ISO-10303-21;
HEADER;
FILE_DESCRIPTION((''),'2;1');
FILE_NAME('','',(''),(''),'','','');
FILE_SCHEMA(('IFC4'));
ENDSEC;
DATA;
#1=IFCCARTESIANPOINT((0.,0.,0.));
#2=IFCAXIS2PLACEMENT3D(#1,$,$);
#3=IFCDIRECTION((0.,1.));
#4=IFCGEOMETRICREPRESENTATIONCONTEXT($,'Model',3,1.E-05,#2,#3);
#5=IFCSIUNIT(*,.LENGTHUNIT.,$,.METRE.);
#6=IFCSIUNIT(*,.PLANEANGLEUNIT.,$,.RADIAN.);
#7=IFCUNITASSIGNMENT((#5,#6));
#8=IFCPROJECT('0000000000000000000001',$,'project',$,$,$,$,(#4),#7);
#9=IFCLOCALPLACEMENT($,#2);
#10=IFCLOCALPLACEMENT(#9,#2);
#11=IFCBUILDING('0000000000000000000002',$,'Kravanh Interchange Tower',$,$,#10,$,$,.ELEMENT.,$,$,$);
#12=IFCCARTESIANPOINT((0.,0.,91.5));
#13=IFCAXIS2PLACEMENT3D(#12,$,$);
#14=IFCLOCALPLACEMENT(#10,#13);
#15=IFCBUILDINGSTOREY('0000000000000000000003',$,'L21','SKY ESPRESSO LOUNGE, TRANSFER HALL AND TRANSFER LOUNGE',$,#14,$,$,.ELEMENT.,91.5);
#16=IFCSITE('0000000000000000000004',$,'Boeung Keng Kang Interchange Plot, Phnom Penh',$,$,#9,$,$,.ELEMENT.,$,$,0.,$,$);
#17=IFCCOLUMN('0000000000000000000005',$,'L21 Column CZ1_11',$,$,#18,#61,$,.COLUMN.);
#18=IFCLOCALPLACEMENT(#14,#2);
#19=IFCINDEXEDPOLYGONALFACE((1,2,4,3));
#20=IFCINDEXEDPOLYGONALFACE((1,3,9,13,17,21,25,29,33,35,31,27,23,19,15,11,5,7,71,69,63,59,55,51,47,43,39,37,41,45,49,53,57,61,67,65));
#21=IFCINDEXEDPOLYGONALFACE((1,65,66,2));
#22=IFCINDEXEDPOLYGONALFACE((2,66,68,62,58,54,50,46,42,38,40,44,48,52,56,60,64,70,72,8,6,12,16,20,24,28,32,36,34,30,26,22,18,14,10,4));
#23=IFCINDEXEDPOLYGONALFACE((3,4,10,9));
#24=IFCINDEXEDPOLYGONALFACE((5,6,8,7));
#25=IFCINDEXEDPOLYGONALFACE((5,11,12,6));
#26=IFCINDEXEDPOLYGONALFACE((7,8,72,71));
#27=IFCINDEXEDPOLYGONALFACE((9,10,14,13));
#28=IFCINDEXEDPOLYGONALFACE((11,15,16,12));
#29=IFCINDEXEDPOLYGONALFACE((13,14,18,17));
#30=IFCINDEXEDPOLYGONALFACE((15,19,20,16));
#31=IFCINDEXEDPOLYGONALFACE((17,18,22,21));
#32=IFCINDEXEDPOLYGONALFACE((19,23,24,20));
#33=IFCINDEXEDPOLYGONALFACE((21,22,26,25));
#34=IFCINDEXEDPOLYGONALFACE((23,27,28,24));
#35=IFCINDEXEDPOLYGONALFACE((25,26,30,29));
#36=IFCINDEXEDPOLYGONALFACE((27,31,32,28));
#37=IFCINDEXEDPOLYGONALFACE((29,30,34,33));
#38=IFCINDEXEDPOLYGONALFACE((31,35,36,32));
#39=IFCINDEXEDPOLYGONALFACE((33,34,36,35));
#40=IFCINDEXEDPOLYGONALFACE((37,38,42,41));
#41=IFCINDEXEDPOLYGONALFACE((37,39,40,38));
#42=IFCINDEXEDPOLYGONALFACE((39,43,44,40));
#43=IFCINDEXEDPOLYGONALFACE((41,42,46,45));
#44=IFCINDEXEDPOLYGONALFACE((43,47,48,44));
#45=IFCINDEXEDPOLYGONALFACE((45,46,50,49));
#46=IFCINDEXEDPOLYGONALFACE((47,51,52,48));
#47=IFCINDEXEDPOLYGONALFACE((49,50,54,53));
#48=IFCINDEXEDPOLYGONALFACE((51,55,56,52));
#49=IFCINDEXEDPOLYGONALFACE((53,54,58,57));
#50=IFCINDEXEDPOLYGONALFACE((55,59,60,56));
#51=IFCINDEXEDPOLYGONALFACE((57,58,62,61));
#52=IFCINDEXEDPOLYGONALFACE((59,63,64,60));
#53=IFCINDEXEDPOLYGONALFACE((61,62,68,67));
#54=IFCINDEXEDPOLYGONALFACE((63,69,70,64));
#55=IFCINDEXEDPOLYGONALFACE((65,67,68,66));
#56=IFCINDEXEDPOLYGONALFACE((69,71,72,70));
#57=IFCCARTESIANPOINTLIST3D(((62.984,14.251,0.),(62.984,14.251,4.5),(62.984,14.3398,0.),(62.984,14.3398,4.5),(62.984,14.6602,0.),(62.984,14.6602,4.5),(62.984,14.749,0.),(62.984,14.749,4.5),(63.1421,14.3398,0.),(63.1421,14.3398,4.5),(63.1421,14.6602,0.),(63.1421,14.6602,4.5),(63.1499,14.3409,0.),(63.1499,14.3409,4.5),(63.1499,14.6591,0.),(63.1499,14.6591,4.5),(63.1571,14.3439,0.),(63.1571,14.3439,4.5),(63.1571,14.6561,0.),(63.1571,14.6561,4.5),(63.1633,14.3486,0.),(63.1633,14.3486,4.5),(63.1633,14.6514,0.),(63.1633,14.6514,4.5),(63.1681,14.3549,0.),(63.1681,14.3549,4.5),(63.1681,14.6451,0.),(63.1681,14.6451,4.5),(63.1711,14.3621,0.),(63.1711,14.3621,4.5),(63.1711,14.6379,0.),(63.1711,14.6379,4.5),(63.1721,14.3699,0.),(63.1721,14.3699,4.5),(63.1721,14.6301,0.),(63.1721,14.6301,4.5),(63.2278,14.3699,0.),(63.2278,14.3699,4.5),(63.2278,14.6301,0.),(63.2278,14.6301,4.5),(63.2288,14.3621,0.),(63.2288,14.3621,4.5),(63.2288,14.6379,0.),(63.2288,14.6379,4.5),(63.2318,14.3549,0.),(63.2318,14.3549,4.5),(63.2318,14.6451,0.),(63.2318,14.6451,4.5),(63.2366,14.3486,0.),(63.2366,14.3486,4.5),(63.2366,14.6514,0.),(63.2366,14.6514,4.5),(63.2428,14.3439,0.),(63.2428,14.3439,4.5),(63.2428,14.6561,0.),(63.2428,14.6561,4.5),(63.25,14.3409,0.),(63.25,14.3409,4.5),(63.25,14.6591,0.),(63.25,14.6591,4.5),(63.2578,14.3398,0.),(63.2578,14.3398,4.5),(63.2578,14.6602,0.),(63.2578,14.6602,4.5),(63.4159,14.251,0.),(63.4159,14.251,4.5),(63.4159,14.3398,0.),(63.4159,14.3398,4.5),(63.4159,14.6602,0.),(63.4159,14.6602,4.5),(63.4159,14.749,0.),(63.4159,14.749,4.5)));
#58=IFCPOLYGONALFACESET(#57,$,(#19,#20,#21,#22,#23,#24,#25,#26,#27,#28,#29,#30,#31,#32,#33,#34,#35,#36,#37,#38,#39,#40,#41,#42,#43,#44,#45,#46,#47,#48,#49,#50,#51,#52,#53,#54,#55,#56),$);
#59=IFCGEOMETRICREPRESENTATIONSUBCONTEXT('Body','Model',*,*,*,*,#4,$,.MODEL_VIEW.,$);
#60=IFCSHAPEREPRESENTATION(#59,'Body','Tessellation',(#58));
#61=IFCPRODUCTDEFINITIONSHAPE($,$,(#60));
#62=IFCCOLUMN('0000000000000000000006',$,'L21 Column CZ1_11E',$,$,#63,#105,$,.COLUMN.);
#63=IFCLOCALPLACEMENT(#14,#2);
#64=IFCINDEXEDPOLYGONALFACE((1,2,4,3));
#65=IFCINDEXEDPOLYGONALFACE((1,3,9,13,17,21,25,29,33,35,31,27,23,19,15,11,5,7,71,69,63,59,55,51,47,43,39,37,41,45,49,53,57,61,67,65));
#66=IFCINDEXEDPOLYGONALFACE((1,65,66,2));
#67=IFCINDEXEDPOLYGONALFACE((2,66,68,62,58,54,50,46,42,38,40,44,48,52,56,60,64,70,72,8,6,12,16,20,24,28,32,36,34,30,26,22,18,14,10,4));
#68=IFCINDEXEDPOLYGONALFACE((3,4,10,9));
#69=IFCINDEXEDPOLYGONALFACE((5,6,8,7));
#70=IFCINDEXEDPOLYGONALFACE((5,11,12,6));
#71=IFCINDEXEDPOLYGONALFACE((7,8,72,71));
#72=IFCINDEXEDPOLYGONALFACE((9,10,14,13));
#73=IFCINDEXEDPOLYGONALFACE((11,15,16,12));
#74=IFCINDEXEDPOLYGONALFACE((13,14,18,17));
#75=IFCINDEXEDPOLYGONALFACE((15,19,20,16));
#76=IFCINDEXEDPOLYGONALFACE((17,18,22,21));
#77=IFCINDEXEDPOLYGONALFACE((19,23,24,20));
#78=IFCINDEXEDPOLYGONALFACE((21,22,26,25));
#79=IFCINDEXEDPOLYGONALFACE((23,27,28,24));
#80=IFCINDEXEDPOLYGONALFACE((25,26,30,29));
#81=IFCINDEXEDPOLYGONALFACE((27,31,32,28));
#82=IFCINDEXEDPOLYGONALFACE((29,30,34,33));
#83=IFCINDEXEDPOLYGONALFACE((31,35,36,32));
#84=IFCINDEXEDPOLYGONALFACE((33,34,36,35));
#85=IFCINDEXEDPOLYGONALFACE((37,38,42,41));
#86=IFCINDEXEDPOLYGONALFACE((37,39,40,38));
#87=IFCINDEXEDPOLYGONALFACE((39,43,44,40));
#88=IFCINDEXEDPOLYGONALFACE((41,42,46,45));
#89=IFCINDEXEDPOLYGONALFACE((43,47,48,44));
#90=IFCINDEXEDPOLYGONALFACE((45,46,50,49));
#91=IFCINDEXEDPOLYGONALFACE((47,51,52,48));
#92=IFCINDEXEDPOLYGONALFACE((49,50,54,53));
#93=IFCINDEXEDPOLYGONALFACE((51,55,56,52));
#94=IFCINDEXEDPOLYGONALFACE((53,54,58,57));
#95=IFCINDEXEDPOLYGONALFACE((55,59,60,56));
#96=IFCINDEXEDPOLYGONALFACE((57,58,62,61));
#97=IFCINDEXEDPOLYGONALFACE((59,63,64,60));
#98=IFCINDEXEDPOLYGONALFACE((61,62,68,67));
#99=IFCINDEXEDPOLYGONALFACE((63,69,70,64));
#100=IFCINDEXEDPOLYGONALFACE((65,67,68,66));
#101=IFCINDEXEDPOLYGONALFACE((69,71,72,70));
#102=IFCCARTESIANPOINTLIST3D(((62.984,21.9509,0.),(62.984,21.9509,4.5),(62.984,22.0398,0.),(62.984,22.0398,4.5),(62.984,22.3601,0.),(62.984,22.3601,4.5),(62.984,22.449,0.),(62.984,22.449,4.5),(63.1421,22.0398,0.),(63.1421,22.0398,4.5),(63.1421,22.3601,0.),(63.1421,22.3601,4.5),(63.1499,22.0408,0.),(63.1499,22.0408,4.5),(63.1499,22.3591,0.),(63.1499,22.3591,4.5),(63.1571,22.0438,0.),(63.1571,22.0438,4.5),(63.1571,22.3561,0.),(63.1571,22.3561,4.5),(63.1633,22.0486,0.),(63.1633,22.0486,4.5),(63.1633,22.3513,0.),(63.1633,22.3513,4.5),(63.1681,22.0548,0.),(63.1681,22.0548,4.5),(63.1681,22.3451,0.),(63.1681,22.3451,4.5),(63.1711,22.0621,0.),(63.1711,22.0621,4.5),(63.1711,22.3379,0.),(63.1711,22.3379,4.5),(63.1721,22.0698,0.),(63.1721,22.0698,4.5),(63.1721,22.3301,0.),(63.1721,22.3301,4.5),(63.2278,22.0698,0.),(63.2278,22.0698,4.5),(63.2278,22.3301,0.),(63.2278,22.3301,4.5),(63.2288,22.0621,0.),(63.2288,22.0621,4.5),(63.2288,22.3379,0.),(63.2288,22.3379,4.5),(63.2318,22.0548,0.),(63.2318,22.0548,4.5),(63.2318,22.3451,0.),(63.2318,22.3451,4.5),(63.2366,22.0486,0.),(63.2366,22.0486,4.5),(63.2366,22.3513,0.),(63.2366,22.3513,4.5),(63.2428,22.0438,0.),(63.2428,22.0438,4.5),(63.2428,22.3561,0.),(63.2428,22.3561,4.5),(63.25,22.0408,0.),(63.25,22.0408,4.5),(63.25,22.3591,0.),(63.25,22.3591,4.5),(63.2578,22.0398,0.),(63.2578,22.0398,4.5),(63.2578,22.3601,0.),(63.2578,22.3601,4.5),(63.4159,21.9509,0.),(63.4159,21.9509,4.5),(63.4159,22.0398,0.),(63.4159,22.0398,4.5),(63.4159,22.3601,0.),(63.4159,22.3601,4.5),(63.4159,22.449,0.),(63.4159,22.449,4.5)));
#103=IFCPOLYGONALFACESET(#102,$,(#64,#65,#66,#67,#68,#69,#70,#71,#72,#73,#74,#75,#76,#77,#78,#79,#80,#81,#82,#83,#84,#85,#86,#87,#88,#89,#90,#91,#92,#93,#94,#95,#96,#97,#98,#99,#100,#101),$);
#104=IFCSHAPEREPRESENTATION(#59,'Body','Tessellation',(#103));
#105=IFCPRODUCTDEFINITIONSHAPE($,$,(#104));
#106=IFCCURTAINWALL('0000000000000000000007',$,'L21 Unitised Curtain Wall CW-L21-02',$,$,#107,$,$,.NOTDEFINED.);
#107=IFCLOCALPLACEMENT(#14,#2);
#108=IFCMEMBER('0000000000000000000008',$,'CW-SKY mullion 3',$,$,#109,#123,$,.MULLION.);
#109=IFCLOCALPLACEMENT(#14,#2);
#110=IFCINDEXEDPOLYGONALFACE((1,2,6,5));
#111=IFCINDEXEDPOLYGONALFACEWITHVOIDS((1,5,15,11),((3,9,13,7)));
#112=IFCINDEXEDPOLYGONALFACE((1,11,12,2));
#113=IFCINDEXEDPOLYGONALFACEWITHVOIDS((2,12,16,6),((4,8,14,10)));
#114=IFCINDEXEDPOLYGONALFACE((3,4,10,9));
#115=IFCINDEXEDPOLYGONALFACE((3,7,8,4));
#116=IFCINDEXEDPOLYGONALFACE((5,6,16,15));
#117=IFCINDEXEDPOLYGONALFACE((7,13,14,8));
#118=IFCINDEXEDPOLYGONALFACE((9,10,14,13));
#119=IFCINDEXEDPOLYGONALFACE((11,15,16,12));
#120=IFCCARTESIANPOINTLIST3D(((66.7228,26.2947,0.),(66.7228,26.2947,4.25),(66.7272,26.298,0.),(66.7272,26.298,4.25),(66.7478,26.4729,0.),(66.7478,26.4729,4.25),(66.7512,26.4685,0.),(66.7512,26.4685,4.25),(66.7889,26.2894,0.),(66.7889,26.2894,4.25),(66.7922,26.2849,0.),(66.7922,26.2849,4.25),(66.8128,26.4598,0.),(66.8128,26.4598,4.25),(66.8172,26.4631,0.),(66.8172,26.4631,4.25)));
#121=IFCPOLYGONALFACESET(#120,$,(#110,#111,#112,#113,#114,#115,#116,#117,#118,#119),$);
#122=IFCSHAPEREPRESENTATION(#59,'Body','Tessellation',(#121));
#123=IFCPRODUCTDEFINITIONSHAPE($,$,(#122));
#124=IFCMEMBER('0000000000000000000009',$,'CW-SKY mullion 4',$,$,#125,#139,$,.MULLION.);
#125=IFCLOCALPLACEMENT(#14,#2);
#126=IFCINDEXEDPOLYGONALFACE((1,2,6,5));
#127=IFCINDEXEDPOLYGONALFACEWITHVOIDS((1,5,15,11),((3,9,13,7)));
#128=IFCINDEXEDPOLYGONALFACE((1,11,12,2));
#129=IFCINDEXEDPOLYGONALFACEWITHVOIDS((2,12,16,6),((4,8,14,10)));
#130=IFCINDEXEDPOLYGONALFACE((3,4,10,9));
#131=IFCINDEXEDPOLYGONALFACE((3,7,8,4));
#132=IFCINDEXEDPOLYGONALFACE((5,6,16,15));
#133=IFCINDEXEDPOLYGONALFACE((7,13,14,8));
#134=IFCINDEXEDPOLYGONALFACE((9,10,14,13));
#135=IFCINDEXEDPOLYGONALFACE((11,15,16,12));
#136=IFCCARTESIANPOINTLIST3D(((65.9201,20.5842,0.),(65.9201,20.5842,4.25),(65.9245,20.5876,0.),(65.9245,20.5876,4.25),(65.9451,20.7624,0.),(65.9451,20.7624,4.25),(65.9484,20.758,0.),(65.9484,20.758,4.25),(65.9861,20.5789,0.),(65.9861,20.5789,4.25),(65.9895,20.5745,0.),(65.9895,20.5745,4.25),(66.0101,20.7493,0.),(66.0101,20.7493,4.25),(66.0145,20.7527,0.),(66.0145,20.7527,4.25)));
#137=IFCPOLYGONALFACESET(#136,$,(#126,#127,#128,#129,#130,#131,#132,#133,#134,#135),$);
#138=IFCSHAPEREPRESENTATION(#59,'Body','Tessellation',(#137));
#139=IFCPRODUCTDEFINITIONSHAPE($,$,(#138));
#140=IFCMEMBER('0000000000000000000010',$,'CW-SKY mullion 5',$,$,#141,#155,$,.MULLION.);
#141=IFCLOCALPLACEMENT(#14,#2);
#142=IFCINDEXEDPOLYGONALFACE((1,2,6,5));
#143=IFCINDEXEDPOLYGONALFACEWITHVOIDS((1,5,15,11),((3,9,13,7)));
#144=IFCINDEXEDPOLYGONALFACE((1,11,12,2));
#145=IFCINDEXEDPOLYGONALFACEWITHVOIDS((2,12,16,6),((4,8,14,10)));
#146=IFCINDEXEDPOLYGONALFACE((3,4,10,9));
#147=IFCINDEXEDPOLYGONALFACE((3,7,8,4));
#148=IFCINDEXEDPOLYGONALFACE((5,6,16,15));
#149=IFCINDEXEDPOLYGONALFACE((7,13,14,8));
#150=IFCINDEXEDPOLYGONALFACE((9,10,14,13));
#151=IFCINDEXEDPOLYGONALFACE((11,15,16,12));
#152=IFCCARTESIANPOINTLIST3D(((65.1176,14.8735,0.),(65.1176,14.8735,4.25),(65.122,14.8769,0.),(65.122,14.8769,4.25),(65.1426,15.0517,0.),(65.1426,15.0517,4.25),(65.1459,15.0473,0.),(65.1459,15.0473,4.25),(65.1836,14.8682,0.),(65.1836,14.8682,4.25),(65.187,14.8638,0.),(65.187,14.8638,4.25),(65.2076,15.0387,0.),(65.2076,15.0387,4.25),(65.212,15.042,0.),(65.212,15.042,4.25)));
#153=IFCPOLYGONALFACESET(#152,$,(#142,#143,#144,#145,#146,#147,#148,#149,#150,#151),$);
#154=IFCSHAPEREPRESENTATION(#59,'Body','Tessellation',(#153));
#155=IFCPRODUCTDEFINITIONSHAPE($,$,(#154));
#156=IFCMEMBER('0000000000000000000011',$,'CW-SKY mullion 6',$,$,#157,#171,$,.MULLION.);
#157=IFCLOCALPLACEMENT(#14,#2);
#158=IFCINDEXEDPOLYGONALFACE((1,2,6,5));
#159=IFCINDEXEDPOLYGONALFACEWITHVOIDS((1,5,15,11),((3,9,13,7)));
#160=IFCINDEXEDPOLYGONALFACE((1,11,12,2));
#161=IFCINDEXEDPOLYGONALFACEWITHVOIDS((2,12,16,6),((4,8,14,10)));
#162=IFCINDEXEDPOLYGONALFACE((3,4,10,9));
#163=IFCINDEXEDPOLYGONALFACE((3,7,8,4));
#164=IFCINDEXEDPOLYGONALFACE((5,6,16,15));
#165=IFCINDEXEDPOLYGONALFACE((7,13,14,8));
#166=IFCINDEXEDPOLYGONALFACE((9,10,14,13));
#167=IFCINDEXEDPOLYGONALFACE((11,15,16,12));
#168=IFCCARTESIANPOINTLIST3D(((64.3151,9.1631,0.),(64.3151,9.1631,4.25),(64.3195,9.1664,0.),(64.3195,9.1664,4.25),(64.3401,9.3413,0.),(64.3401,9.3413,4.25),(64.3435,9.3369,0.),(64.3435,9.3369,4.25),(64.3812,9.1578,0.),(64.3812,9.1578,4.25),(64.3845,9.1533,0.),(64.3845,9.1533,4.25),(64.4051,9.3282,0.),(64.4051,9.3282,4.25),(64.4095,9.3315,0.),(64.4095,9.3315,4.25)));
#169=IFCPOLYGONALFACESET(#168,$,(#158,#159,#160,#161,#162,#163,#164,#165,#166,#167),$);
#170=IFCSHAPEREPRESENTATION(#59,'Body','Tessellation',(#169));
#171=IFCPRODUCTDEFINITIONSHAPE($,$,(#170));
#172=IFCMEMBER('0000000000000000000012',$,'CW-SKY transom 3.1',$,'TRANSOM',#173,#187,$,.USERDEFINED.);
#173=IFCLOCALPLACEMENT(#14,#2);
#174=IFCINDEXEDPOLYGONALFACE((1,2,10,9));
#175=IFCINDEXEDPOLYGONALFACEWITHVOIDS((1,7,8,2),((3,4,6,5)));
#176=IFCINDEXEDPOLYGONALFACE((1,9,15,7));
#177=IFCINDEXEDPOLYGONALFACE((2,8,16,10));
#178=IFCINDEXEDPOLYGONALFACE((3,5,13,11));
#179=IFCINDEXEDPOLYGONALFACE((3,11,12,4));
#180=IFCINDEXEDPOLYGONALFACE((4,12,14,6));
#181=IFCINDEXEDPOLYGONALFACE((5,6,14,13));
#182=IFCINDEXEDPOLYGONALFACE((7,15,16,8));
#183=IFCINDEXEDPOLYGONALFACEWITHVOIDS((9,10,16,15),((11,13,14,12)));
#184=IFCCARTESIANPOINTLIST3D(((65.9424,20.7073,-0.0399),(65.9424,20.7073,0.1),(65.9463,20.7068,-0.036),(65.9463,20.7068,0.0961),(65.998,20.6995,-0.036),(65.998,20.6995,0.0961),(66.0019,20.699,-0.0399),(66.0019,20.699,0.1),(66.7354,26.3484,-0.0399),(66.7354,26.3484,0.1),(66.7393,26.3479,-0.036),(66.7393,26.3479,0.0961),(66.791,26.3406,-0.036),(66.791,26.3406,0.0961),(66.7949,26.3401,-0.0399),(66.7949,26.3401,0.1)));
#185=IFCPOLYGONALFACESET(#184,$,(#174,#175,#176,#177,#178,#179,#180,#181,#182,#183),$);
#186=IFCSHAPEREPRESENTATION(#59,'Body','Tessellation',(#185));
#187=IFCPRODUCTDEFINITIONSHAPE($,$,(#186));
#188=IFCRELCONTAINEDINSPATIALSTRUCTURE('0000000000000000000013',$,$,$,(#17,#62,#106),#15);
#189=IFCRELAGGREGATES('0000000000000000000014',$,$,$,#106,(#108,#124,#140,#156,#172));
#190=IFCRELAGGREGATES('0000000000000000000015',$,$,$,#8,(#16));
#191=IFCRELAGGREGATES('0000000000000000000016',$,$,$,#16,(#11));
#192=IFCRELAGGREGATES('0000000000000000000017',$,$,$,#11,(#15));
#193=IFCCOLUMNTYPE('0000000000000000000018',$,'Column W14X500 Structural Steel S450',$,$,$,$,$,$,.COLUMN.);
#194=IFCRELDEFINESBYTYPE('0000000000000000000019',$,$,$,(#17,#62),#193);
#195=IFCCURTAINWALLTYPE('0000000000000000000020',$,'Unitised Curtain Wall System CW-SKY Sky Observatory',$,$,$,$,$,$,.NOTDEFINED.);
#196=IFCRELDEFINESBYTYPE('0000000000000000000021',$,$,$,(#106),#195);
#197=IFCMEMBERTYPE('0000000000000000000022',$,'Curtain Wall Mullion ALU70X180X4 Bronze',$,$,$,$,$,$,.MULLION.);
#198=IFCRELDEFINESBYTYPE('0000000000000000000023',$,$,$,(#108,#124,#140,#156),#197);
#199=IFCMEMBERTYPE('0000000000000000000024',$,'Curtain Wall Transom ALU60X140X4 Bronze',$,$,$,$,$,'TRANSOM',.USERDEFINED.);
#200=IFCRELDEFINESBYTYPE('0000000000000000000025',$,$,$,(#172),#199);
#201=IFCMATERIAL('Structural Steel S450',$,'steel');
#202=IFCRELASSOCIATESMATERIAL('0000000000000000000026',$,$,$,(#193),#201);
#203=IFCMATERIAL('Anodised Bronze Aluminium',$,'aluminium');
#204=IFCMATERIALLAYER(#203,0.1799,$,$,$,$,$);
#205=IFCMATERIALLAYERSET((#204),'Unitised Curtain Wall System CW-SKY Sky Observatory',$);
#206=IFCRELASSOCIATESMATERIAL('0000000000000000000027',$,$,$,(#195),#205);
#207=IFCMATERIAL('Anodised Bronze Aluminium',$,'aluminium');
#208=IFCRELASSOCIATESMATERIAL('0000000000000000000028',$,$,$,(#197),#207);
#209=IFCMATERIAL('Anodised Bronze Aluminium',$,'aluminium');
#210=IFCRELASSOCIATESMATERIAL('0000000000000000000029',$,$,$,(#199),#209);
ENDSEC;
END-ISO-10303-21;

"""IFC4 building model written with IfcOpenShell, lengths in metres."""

from ifc_helpers import new_model, si_unit, direction, frame, origin, origin_2d, place, context, subcontext, project, spatial, hollow_rectangle, i_section, extrude, material, layer, layer_set, material_profile, profile_set, type_object, element, aggregate, save


model = new_model("IFC4")

# Units and contexts
model_context = context("Model", 3, precision=1e-05, world=origin(), true_north=direction((0.0, 1.0)))
body_context = subcontext(model_context, "Body", "Model", "MODEL_VIEW")
ifc_project = project(units=[si_unit("LENGTHUNIT", "METRE"), si_unit("PLANEANGLEUNIT", "RADIAN")], contexts=[model_context])

# Site, building, storey
site_placement = place(None, origin())
site = spatial("IfcSite", under=ifc_project, at=site_placement, Name="Boeung Keng Kang Interchange Plot, Phnom Penh", CompositionType="ELEMENT", RefElevation=0.0)
building_placement = place(site_placement, origin())
building = spatial("IfcBuilding", under=site, at=building_placement, Name="Kravanh Interchange Tower", CompositionType="ELEMENT")
storey_placement = place(building_placement, frame((0.0, 0.0, 91.5)))
storey = spatial("IfcBuildingStorey", under=building, at=storey_placement, Name="L21", Description="SKY ESPRESSO LOUNGE, TRANSFER HALL AND TRANSFER LOUNGE", CompositionType="ELEMENT", Elevation=91.5)

# Columns
ifc_material_1 = material(Name="Structural Steel S450", Category="steel")
ifc_material_profile_1 = material_profile(ifc_material_1, i_section(OverallWidth=0.4319, OverallDepth=0.498, WebThickness=0.0557, FlangeThickness=0.0889, FilletRadius=0.03, at=origin_2d()), Name="W14X500")
ifc_profile_set_1 = profile_set([ifc_material_profile_1], Name="Structural Steel S450")
column_type = type_object("IfcColumnType", Name="Column W14X500 Structural Steel S450", PredefinedType="COLUMN", material=ifc_profile_set_1)
for number, where, z_axis, x_axis, name in (
    (1, (63.2, 14.5, 0.0), (0.0, 0.0, 1.0), (1.0, 0.0, 0.0), "L21 Column CZ1_11"),
    (2, (63.2, 22.2, 0.0), (0.0, 0.0, 1.0), (1.0, 0.0, 0.0), "L21 Column CZ1_11E"),
):
    element("IfcColumn", number, at=place(storey_placement, frame(where, z_axis=z_axis, x_axis=x_axis)), inside=storey, type_object=column_type, Name=name, PredefinedType="COLUMN", context=body_context, shape_type="SweptSolid", body=[
        extrude(i_section(OverallWidth=0.4319, OverallDepth=0.498, WebThickness=0.0557, FlangeThickness=0.0889, FilletRadius=0.03, at=origin_2d()), origin(), (0.0, 0.0, 1.0), 4.5),
    ])

# Curtain wall, members
ifc_material_2 = material(Name="Anodised Bronze Aluminium", Category="aluminium")
ifc_layer_1 = layer(ifc_material_2, 0.1799)
ifc_layer_set_1 = layer_set([ifc_layer_1], Name="Unitised Curtain Wall System CW-SKY Sky Observatory")
curtain_wall_type = type_object("IfcCurtainWallType", Name="Unitised Curtain Wall System CW-SKY Sky Observatory", PredefinedType="NOTDEFINED", material=ifc_layer_set_1)
curtain_wall_placement = place(storey_placement, origin())
curtain_wall = element("IfcCurtainWall", 3, at=curtain_wall_placement, inside=storey, type_object=curtain_wall_type, Name="L21 Unitised Curtain Wall CW-L21-02", PredefinedType="NOTDEFINED")
ifc_material_3 = material(Name="Anodised Bronze Aluminium", Category="aluminium")
ifc_material_profile_2 = material_profile(ifc_material_3, hollow_rectangle(XDim=0.0701, YDim=0.1799, WallThickness=0.0039, at=origin_2d()), Name="ALU70X180X4")
ifc_profile_set_2 = profile_set([ifc_material_profile_2], Name="Anodised Bronze Aluminium")
member_type_1 = type_object("IfcMemberType", Name="Curtain Wall Mullion ALU70X180X4 Bronze", PredefinedType="MULLION", material=ifc_profile_set_2)
member_1_placement = place(storey_placement, frame((66.77, 26.3789, 0.0), z_axis=(0.0, 0.0, 1.0), x_axis=(0.990268, -0.139177, 0.0)))
member_1 = element("IfcMember", 4, at=member_1_placement, type_object=member_type_1, Name="CW-SKY mullion 3", PredefinedType="MULLION", context=body_context, shape_type="SweptSolid", body=[
    extrude(hollow_rectangle(XDim=0.0701, YDim=0.1799, WallThickness=0.0039, at=origin_2d()), origin(), (0.0, 0.0, 1.0), 4.25),
])
member_2_placement = place(storey_placement, frame((65.9673, 20.6685, 0.0), z_axis=(0.0, 0.0, 1.0), x_axis=(0.990268, -0.139177, 0.0)))
member_2 = element("IfcMember", 5, at=member_2_placement, type_object=member_type_1, Name="CW-SKY mullion 4", PredefinedType="MULLION", context=body_context, shape_type="SweptSolid", body=[
    extrude(hollow_rectangle(XDim=0.0701, YDim=0.1799, WallThickness=0.0039, at=origin_2d()), origin(), (0.0, 0.0, 1.0), 4.25),
])
member_3_placement = place(storey_placement, frame((65.1648, 14.9578, 0.0), z_axis=(0.0, 0.0, 1.0), x_axis=(0.990268, -0.139177, 0.0)))
member_3 = element("IfcMember", 6, at=member_3_placement, type_object=member_type_1, Name="CW-SKY mullion 5", PredefinedType="MULLION", context=body_context, shape_type="SweptSolid", body=[
    extrude(hollow_rectangle(XDim=0.0701, YDim=0.1799, WallThickness=0.0039, at=origin_2d()), origin(), (0.0, 0.0, 1.0), 4.25),
])
member_4_placement = place(storey_placement, frame((64.3623, 9.2473, 0.0), z_axis=(0.0, 0.0, 1.0), x_axis=(0.990268, -0.139177, 0.0)))
member_4 = element("IfcMember", 7, at=member_4_placement, type_object=member_type_1, Name="CW-SKY mullion 6", PredefinedType="MULLION", context=body_context, shape_type="SweptSolid", body=[
    extrude(hollow_rectangle(XDim=0.0701, YDim=0.1799, WallThickness=0.0039, at=origin_2d()), origin(), (0.0, 0.0, 1.0), 4.25),
])
ifc_material_4 = material(Name="Anodised Bronze Aluminium", Category="aluminium")
ifc_material_profile_3 = material_profile(ifc_material_4, hollow_rectangle(XDim=0.0601, YDim=0.1399, WallThickness=0.0039, at=origin_2d()), Name="ALU60X140X4")
ifc_profile_set_3 = profile_set([ifc_material_profile_3], Name="Anodised Bronze Aluminium")
member_type_2 = type_object("IfcMemberType", Name="Curtain Wall Transom ALU60X140X4 Bronze", ElementType="TRANSOM", PredefinedType="USERDEFINED", material=ifc_profile_set_3)
member_5_placement = place(storey_placement, frame((66.7651, 26.3442, 0.03), z_axis=(-0.139201, -0.990264, 0.0), x_axis=(0.990264, -0.139201, 0.0)))
member_5 = element("IfcMember", 8, at=member_5_placement, type_object=member_type_2, Name="CW-SKY transom 3.1", ObjectType="TRANSOM", PredefinedType="USERDEFINED", context=body_context, shape_type="SweptSolid", body=[
    extrude(hollow_rectangle(XDim=0.0601, YDim=0.1399, WallThickness=0.0039, at=origin_2d()), origin(), (0.0, 0.0, 1.0), 5.6965),
])

aggregate(curtain_wall, [member_1, member_2, member_3, member_4, member_5])

save(model, "model.ifc")
